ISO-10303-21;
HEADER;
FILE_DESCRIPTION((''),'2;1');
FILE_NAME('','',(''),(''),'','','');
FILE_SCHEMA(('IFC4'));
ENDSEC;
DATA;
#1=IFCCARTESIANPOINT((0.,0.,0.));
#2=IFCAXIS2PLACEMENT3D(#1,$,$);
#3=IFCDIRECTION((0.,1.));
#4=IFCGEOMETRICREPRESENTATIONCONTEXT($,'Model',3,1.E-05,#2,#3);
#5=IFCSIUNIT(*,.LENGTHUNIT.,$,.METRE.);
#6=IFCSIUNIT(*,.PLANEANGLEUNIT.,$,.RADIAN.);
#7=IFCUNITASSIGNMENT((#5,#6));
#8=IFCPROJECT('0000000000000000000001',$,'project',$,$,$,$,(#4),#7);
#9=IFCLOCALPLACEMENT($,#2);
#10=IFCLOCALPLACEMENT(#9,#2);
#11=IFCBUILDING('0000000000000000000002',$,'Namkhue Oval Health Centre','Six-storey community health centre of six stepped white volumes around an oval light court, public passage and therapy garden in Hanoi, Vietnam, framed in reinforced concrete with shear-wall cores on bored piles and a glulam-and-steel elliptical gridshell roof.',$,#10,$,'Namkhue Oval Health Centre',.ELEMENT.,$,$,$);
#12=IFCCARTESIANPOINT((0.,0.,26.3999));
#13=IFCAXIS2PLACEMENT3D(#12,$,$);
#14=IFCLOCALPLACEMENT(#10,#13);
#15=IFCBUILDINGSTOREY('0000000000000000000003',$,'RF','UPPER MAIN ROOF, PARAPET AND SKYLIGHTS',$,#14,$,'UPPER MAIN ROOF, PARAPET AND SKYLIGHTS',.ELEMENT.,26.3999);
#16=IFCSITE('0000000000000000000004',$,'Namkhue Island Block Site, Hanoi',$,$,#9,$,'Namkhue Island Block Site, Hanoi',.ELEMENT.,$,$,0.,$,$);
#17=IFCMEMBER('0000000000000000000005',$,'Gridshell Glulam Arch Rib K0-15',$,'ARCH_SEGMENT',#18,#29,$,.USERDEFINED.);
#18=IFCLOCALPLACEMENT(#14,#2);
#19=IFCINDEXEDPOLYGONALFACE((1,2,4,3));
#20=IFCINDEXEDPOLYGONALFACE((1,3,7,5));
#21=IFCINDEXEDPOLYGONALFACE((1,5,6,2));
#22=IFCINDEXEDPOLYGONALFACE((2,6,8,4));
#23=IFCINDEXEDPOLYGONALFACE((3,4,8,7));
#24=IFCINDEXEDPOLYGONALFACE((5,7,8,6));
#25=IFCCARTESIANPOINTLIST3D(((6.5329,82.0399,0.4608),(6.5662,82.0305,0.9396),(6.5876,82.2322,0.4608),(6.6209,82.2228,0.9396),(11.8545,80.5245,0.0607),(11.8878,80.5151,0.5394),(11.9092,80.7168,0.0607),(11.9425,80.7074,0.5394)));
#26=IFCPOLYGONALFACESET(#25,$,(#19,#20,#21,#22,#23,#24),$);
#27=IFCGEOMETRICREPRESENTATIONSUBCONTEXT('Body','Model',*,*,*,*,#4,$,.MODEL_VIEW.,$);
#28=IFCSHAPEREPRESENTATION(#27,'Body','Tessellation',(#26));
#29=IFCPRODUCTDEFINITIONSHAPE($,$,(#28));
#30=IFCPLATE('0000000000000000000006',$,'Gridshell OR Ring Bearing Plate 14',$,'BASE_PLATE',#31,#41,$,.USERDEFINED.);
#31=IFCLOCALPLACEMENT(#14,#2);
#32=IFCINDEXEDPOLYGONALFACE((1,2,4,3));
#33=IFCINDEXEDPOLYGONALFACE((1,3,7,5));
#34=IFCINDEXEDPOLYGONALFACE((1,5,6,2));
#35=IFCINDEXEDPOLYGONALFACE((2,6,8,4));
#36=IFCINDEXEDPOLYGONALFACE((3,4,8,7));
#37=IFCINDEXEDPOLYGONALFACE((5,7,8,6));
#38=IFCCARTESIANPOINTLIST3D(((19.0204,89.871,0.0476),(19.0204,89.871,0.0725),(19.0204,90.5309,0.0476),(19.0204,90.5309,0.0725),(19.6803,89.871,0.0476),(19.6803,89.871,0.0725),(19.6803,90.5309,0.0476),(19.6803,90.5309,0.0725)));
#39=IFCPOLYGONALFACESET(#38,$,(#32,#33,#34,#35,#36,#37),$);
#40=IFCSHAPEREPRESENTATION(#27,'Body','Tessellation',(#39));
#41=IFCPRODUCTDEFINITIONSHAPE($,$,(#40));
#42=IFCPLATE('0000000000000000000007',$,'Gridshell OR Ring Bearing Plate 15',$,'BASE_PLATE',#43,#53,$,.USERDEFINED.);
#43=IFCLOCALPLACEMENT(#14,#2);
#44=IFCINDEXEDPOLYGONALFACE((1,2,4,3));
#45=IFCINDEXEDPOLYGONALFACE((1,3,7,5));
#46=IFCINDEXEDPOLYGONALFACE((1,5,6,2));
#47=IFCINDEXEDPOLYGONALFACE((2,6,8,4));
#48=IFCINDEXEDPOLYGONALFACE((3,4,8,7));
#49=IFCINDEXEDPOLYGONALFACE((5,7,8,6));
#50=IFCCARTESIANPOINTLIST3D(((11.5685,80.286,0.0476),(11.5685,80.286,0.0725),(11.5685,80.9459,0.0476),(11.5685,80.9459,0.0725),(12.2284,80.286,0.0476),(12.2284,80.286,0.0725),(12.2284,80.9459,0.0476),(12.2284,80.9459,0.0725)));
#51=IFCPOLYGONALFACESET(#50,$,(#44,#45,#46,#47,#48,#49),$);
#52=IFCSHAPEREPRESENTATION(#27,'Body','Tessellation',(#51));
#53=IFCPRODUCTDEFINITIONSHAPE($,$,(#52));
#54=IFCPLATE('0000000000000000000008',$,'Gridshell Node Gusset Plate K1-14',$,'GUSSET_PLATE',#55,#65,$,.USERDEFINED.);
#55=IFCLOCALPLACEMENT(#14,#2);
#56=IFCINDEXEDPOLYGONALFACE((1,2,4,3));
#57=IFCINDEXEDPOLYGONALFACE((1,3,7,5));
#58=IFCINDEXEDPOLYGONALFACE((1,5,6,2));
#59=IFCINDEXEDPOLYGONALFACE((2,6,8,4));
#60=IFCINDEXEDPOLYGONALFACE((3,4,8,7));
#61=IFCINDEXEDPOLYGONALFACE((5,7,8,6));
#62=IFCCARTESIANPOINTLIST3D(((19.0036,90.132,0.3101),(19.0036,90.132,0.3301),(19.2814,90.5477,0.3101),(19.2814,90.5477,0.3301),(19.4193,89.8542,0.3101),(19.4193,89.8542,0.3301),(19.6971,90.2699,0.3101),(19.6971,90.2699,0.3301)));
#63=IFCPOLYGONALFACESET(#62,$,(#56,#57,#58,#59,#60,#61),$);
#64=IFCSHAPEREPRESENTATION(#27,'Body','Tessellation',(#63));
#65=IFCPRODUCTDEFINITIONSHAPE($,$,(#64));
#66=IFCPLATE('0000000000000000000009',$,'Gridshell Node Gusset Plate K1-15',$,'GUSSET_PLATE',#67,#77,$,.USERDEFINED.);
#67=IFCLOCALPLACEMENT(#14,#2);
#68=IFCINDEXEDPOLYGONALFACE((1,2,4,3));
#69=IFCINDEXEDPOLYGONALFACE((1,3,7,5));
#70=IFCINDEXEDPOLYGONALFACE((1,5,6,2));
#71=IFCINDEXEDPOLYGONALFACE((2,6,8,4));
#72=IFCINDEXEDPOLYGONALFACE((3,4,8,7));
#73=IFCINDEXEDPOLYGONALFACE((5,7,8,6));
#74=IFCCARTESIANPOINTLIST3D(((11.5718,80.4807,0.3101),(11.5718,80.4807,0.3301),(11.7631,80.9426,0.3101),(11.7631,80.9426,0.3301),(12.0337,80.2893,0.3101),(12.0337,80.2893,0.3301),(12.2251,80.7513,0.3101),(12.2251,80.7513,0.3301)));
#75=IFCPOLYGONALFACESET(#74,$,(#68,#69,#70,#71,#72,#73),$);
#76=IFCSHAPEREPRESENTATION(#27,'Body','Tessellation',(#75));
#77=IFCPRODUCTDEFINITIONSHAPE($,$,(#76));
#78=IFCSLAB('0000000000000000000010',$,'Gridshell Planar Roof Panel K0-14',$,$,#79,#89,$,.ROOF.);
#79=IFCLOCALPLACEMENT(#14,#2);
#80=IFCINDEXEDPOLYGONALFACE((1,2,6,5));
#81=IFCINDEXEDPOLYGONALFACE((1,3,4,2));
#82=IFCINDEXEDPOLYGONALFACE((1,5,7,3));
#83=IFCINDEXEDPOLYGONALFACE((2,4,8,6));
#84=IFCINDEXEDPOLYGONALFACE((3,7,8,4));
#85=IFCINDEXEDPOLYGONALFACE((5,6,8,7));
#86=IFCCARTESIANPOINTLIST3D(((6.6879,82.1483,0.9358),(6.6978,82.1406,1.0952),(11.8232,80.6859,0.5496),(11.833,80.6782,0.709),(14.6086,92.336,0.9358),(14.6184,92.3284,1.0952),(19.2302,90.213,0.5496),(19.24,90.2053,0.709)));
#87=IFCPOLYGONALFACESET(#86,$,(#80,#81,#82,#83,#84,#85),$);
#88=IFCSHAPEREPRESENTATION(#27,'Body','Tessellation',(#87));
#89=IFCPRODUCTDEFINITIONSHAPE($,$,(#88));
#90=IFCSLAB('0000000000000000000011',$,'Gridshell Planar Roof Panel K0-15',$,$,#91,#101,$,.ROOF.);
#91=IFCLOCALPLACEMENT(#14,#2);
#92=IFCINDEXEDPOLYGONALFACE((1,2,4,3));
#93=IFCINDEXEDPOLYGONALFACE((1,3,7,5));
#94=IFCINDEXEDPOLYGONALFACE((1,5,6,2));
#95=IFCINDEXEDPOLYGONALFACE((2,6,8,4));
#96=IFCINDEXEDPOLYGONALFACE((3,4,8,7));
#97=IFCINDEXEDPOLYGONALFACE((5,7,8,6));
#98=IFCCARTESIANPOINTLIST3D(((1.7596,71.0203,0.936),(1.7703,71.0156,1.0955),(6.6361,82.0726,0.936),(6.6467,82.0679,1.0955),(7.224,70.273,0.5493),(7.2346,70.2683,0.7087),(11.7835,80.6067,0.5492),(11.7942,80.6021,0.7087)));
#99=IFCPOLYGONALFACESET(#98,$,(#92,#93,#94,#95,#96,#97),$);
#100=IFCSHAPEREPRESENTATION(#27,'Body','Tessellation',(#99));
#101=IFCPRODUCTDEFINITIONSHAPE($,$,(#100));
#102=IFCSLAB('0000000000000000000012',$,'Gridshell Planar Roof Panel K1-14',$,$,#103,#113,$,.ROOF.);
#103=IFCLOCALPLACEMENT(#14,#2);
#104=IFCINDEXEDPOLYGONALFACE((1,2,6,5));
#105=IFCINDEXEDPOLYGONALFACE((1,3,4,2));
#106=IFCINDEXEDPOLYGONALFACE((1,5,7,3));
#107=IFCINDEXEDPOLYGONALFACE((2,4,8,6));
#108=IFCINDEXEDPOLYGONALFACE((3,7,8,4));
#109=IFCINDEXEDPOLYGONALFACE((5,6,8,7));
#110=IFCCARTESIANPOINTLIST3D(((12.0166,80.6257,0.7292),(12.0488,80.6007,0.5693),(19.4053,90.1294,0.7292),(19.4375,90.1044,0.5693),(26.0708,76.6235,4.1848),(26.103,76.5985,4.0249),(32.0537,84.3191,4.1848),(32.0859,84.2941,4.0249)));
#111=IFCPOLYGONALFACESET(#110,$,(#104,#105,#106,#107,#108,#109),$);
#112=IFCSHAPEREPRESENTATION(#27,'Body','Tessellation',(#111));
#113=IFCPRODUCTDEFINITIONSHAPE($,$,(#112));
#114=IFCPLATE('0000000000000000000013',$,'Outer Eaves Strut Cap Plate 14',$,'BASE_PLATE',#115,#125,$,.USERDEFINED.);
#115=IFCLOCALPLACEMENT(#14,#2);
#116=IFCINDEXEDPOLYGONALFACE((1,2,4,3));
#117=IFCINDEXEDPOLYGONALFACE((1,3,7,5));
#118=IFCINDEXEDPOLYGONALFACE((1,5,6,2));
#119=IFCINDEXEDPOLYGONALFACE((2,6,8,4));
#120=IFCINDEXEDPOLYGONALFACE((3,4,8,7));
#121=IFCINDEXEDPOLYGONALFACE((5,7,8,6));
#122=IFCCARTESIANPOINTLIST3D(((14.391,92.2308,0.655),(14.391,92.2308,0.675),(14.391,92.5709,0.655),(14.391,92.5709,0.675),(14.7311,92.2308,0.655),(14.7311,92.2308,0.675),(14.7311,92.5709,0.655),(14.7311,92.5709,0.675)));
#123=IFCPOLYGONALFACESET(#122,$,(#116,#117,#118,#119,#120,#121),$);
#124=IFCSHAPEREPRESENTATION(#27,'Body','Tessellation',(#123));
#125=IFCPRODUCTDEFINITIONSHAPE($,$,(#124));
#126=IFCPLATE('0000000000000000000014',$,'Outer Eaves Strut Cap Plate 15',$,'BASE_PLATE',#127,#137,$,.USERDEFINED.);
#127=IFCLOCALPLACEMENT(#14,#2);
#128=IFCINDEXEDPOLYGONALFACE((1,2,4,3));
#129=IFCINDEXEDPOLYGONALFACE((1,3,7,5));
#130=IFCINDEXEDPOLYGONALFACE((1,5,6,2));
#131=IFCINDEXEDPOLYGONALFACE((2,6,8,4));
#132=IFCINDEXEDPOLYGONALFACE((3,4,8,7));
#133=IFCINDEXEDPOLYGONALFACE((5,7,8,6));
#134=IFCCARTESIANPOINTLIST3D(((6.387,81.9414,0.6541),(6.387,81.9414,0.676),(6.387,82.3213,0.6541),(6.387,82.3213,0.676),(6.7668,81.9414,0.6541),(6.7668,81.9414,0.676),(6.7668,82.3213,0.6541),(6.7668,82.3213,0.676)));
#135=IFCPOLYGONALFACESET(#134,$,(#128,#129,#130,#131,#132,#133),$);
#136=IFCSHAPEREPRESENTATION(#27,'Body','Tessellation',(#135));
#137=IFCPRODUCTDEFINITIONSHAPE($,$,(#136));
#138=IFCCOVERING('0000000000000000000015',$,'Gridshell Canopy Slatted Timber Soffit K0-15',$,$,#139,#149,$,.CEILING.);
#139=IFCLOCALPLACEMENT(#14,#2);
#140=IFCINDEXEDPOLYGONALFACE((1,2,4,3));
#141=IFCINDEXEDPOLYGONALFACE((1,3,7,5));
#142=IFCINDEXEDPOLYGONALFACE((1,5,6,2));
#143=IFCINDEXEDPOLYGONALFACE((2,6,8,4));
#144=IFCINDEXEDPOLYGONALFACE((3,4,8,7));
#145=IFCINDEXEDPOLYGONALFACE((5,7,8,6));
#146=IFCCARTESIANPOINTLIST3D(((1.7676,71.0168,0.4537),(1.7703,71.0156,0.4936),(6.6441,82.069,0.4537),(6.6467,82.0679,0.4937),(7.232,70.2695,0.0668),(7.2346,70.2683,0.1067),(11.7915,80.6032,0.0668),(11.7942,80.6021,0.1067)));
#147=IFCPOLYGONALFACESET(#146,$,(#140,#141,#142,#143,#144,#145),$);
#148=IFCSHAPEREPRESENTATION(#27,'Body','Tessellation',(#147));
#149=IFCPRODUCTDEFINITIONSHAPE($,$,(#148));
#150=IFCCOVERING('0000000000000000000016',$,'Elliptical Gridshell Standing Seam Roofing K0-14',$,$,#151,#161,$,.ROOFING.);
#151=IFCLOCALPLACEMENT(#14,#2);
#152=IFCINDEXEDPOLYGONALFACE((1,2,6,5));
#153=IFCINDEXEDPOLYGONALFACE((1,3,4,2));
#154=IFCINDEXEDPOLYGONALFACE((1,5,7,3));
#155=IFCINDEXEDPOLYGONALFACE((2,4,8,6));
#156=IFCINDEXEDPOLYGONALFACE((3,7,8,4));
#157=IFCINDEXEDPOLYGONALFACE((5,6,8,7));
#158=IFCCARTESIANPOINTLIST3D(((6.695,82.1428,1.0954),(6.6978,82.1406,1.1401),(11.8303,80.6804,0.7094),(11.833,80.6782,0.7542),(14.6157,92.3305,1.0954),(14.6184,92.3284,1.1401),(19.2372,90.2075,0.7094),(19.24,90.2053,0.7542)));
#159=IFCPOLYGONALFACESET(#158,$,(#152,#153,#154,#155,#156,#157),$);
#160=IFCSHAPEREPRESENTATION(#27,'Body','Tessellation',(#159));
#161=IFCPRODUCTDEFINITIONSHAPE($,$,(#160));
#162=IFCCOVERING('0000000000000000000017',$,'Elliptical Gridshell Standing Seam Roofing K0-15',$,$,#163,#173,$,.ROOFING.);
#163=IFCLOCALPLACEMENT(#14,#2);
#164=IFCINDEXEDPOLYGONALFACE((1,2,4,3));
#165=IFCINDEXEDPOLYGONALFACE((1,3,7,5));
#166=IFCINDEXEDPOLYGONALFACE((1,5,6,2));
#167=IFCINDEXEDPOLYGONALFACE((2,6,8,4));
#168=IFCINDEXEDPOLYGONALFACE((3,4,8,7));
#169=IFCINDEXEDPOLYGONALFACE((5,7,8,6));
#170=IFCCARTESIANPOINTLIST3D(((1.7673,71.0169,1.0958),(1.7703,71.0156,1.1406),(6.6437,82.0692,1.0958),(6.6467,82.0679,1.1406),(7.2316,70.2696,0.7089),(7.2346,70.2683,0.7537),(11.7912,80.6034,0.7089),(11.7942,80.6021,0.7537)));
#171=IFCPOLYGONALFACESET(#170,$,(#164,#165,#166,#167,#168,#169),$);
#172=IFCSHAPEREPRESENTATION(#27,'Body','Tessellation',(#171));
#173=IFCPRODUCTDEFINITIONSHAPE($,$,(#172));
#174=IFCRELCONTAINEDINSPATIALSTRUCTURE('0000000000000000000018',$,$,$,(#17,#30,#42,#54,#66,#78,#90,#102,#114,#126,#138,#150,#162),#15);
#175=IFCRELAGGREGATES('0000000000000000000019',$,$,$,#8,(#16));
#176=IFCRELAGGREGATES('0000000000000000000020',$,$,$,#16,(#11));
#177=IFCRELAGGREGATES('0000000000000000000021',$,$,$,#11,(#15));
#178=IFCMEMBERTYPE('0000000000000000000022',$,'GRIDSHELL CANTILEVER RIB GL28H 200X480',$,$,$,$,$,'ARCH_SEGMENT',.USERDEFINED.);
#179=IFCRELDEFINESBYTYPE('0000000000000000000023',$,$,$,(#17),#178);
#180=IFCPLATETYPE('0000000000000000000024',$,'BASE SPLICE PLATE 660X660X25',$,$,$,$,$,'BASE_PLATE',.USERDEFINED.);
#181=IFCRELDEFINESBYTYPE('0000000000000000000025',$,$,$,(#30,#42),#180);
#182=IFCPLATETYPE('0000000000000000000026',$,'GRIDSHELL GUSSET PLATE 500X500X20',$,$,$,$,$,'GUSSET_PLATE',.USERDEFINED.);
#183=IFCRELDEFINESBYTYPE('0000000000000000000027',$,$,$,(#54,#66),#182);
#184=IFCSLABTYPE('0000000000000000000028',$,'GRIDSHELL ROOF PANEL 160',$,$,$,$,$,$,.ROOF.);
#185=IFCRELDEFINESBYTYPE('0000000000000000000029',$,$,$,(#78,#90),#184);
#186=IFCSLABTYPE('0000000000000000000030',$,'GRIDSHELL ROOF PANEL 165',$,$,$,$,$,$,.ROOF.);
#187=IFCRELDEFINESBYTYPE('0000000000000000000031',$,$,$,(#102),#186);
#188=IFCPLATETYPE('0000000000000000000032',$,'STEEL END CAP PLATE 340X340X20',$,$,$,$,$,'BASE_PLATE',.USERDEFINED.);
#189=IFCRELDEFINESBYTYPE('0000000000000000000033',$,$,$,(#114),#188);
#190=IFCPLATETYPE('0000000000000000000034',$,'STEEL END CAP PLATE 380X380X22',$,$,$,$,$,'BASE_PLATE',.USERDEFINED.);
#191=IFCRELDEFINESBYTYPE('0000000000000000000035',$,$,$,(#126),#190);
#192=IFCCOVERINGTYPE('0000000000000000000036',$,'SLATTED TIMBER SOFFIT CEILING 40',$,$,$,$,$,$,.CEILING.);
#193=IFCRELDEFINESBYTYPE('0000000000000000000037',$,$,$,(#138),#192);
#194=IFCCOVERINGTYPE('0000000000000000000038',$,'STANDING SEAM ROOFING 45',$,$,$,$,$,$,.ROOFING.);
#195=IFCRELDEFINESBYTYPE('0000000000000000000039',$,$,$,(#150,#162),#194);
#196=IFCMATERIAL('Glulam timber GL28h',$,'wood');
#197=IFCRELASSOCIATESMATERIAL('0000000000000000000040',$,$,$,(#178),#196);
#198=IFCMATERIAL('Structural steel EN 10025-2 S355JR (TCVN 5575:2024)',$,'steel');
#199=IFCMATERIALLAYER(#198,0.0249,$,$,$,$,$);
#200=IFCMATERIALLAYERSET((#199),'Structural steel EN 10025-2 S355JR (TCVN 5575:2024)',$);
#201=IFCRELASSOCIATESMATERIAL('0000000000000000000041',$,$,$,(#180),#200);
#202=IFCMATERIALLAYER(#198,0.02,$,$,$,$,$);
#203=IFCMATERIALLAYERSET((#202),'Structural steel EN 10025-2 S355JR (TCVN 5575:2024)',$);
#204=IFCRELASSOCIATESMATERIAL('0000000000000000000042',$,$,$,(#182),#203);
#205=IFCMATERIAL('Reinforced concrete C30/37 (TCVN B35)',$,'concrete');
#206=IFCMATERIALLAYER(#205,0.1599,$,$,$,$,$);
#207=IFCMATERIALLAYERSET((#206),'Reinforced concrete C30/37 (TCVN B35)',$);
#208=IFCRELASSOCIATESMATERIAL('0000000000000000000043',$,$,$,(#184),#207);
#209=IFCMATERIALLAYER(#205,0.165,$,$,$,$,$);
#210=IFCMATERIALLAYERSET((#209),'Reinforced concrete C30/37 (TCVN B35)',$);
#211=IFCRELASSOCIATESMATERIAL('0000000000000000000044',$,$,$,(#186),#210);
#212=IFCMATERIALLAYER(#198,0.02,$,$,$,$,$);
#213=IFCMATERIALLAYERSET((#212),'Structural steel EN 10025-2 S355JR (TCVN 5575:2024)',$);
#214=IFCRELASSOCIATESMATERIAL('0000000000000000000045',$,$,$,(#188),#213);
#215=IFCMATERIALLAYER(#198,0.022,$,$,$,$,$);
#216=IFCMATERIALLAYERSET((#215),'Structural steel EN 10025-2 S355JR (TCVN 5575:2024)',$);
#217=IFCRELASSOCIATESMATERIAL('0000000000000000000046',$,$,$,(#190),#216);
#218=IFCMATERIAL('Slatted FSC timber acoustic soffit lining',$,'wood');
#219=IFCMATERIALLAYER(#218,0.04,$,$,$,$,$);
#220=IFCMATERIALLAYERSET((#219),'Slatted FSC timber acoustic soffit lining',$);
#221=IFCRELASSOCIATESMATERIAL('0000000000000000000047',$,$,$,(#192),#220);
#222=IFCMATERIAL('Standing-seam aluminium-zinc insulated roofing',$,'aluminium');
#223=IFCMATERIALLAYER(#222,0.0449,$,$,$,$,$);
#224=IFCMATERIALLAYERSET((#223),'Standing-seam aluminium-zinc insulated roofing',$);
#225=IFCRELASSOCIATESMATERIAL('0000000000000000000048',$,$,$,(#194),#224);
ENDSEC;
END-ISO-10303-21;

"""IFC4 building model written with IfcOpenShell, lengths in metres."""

from ifc_helpers import new_model, si_unit, direction, frame, origin, origin_2d, place, context, subcontext, project, spatial, polyline, rectangle, outline, extrude, material, layer, layer_set, material_profile, profile_set, type_object, element, save


model = new_model("IFC4")

# Units and contexts
model_context = context("Model", 3, precision=1e-05, world=origin(), true_north=direction((0.0, 1.0)))
body_context = subcontext(model_context, "Body", "Model", "MODEL_VIEW")
ifc_project = project(units=[si_unit("LENGTHUNIT", "METRE"), si_unit("PLANEANGLEUNIT", "RADIAN")], contexts=[model_context])

# Site, building, storey
site_placement = place(None, origin())
site = spatial("IfcSite", under=ifc_project, at=site_placement, Name="Namkhue Island Block Site, Hanoi", LongName="Namkhue Island Block Site, Hanoi", CompositionType="ELEMENT", RefElevation=0.0)
building_placement = place(site_placement, origin())
building = spatial("IfcBuilding", under=site, at=building_placement, Name="Namkhue Oval Health Centre", Description="Six-storey community health centre of six stepped white volumes around an oval light court, public passage and therapy garden in Hanoi, Vietnam, framed in reinforced concrete with shear-wall cores on bored piles and a glulam-and-steel elliptical gridshell roof.", LongName="Namkhue Oval Health Centre", CompositionType="ELEMENT")
storey_placement = place(building_placement, frame((0.0, 0.0, 26.3999)))
storey = spatial("IfcBuildingStorey", under=building, at=storey_placement, Name="RF", Description="UPPER MAIN ROOF, PARAPET AND SKYLIGHTS", LongName="UPPER MAIN ROOF, PARAPET AND SKYLIGHTS", CompositionType="ELEMENT", Elevation=26.3999)

# Member
ifc_material_1 = material(Name="Structural steel EN 10025-2 S355JR (TCVN 5575:2024)", Category="steel")
ifc_material_2 = material(Name="Glulam timber GL28h", Category="wood")
ifc_material_profile_1 = material_profile(ifc_material_2, rectangle(XDim=0.2, YDim=0.48, at=origin_2d()), Name="GL28h 200x480")
ifc_profile_set_1 = profile_set([ifc_material_profile_1], Name="Glulam timber GL28h")
member_type_1 = type_object("IfcMemberType", Name="GRIDSHELL CANTILEVER RIB GL28H 200X480", ElementType="ARCH_SEGMENT", PredefinedType="USERDEFINED", material=ifc_profile_set_1)
member_1_placement = place(storey_placement, frame((6.5769, 82.1313, 0.7002), z_axis=(0.95926, -0.273163, -0.07213), x_axis=(0.273876, 0.961765, 0.0)))
element("IfcMember", 1, at=member_1_placement, inside=storey, type_object=member_type_1, Name="Gridshell Glulam Arch Rib K0-15", ObjectType="ARCH_SEGMENT", PredefinedType="USERDEFINED", context=body_context, shape_type="SweptSolid", body=[
    extrude(rectangle(XDim=0.2, YDim=0.48, at=origin_2d()), origin(), (0.0, 0.0, 1.0), 5.5476),
])

# Plates
ifc_layer_1 = layer(ifc_material_1, 0.0249)
ifc_layer_set_1 = layer_set([ifc_layer_1], Name="Structural steel EN 10025-2 S355JR (TCVN 5575:2024)")
plate_type_1 = type_object("IfcPlateType", Name="BASE SPLICE PLATE 660X660X25", ElementType="BASE_PLATE", PredefinedType="USERDEFINED", material=ifc_layer_set_1)
for number, where, z_axis, x_axis, name in (
    (2, (19.3503, 90.2009, 0.0476), (0.0, 0.0, 1.0), (1.0, 0.0, 0.0), "Gridshell OR Ring Bearing Plate 14"),
    (3, (11.8984, 80.616, 0.0476), (0.0, 0.0, 1.0), (1.0, 0.0, 0.0), "Gridshell OR Ring Bearing Plate 15"),
):
    element("IfcPlate", number, at=place(storey_placement, frame(where, z_axis=z_axis, x_axis=x_axis)), inside=storey, type_object=plate_type_1, Name=name, ObjectType="BASE_PLATE", PredefinedType="USERDEFINED", context=body_context, shape_type="SweptSolid", body=[
        extrude(rectangle(XDim=0.6599, YDim=0.6599, at=origin_2d()), origin(), (0.0, 0.0, 1.0), 0.0249),
    ])
ifc_layer_2 = layer(ifc_material_1, 0.02)
ifc_layer_set_2 = layer_set([ifc_layer_2], Name="Structural steel EN 10025-2 S355JR (TCVN 5575:2024)")
plate_type_2 = type_object("IfcPlateType", Name="GRIDSHELL GUSSET PLATE 500X500X20", ElementType="GUSSET_PLATE", PredefinedType="USERDEFINED", material=ifc_layer_set_2)
for number, where, z_axis, x_axis, name in (
    (4, (19.3503, 90.2009, 0.3101), (0.0, 0.0, 1.0), (-0.83147, 0.55557, 0.0), "Gridshell Node Gusset Plate K1-14"),
    (5, (11.8984, 80.616, 0.3101), (0.0, 0.0, 1.0), (-0.92388, 0.382683, 0.0), "Gridshell Node Gusset Plate K1-15"),
):
    element("IfcPlate", number, at=place(storey_placement, frame(where, z_axis=z_axis, x_axis=x_axis)), inside=storey, type_object=plate_type_2, Name=name, ObjectType="GUSSET_PLATE", PredefinedType="USERDEFINED", context=body_context, shape_type="SweptSolid", body=[
        extrude(rectangle(XDim=0.5, YDim=0.5, at=origin_2d()), origin(), (0.0, 0.0, 1.0), 0.02),
    ])

# Slabs
ifc_material_3 = material(Name="Reinforced concrete C30/37 (TCVN B35)", Category="concrete")
ifc_layer_3 = layer(ifc_material_3, 0.1599)
ifc_layer_set_3 = layer_set([ifc_layer_3], Name="Reinforced concrete C30/37 (TCVN B35)")
slab_type_1 = type_object("IfcSlabType", Name="GRIDSHELL ROOF PANEL 160", PredefinedType="ROOF", material=ifc_layer_set_3)
slab_1_placement = place(storey_placement, frame((14.6184, 92.3284, 1.0952), z_axis=(0.061392, -0.04773, 0.996972), x_axis=(-0.613789, -0.78947, 0.0)))
element("IfcSlab", 6, at=slab_1_placement, inside=storey, type_object=slab_type_1, Name="Gridshell Planar Roof Panel K0-14", PredefinedType="ROOF", context=body_context, shape_type="SweptSolid", body=[
    extrude(outline(polyline([(0.0, 0.0), (12.9045, 0.0), (10.9071, 4.9668), (-1.1606, 4.9667), (0.0, 0.0)])), origin(), (0.0, 0.0, -1.0), 0.1599),
])
slab_2_placement = place(storey_placement, frame((6.6467, 82.0679, 1.0955), z_axis=(0.066566, -0.029371, 0.99735), x_axis=(-0.403673, -0.914903, 0.0)))
element("IfcSlab", 7, at=slab_2_placement, inside=storey, type_object=slab_type_1, Name="Gridshell Planar Roof Panel K0-15", PredefinedType="ROOF", context=body_context, shape_type="SweptSolid", body=[
    extrude(outline(polyline([(0.0, 0.0), (12.0802, 0.0), (10.5581, 5.3151), (-0.7368, 5.3152), (0.0, 0.0)])), origin(), (0.0, 0.0, -1.0), 0.1599),
])
ifc_layer_4 = layer(ifc_material_3, 0.165)
ifc_layer_set_4 = layer_set([ifc_layer_4], Name="Reinforced concrete C30/37 (TCVN B35)")
slab_type_2 = type_object("IfcSlabType", Name="GRIDSHELL ROOF PANEL 165", PredefinedType="ROOF", material=ifc_layer_set_4)
slab_3_placement = place(storey_placement, frame((19.4053, 90.1294, 0.7292), z_axis=(-0.195065, 0.151654, 0.968995), x_axis=(-0.613782, -0.789476, 0.0)))
element("IfcSlab", 8, at=slab_3_placement, inside=storey, type_object=slab_type_2, Name="Gridshell Planar Roof Panel K1-14", PredefinedType="ROOF", context=body_context, shape_type="SweptSolid", body=[
    extrude(outline(polyline([(0.0, 0.0), (12.0379, 0.0), (6.5714, 13.9855), (-3.1763, 13.9855), (0.0, 0.0)])), origin(), (0.0, 0.0, -1.0), 0.165),
])

# Plates
ifc_layer_5 = layer(ifc_material_1, 0.02)
ifc_layer_set_5 = layer_set([ifc_layer_5], Name="Structural steel EN 10025-2 S355JR (TCVN 5575:2024)")
plate_type_3 = type_object("IfcPlateType", Name="STEEL END CAP PLATE 340X340X20", ElementType="BASE_PLATE", PredefinedType="USERDEFINED", material=ifc_layer_set_5)
plate_1_placement = place(storey_placement, frame((14.561, 92.4009, 0.655), z_axis=(0.0, 0.0, 1.0), x_axis=(1.0, 0.0, 0.0)))
element("IfcPlate", 9, at=plate_1_placement, inside=storey, type_object=plate_type_3, Name="Outer Eaves Strut Cap Plate 14", ObjectType="BASE_PLATE", PredefinedType="USERDEFINED", context=body_context, shape_type="SweptSolid", body=[
    extrude(rectangle(XDim=0.3401, YDim=0.3401, at=origin_2d()), origin(), (0.0, 0.0, 1.0), 0.02),
])
ifc_layer_6 = layer(ifc_material_1, 0.022)
ifc_layer_set_6 = layer_set([ifc_layer_6], Name="Structural steel EN 10025-2 S355JR (TCVN 5575:2024)")
plate_type_4 = type_object("IfcPlateType", Name="STEEL END CAP PLATE 380X380X22", ElementType="BASE_PLATE", PredefinedType="USERDEFINED", material=ifc_layer_set_6)
plate_2_placement = place(storey_placement, frame((6.5769, 82.1313, 0.6541), z_axis=(0.0, 0.0, 1.0), x_axis=(1.0, 0.0, 0.0)))
element("IfcPlate", 10, at=plate_2_placement, inside=storey, type_object=plate_type_4, Name="Outer Eaves Strut Cap Plate 15", ObjectType="BASE_PLATE", PredefinedType="USERDEFINED", context=body_context, shape_type="SweptSolid", body=[
    extrude(rectangle(XDim=0.3799, YDim=0.3799, at=origin_2d()), origin(), (0.0, 0.0, 1.0), 0.022),
])

# Coverings
ifc_material_4 = material(Name="Slatted FSC timber acoustic soffit lining", Category="wood")
ifc_layer_7 = layer(ifc_material_4, 0.04)
ifc_layer_set_7 = layer_set([ifc_layer_7], Name="Slatted FSC timber acoustic soffit lining")
covering_type_1 = type_object("IfcCoveringType", Name="SLATTED TIMBER SOFFIT CEILING 40", PredefinedType="CEILING", material=ifc_layer_set_7)
covering_1_placement = place(storey_placement, frame((6.6467, 82.0679, 0.4937), z_axis=(0.066608, -0.029389, 0.997346), x_axis=(-0.403673, -0.914903, 0.0)))
element("IfcCovering", 11, at=covering_1_placement, inside=storey, type_object=covering_type_1, Name="Gridshell Canopy Slatted Timber Soffit K0-15", PredefinedType="CEILING", context=body_context, shape_type="SweptSolid", body=[
    extrude(outline(polyline([(0.0, 0.0), (12.0802, 0.0), (10.5581, 5.3151), (-0.7368, 5.3152), (0.0, 0.0)])), origin(), (0.0, 0.0, -1.0), 0.04),
])
ifc_material_5 = material(Name="Standing-seam aluminium-zinc insulated roofing", Category="aluminium")
ifc_layer_8 = layer(ifc_material_5, 0.0449)
ifc_layer_set_8 = layer_set([ifc_layer_8], Name="Standing-seam aluminium-zinc insulated roofing")
covering_type_2 = type_object("IfcCoveringType", Name="STANDING SEAM ROOFING 45", PredefinedType="ROOFING", material=ifc_layer_set_8)
covering_2_placement = place(storey_placement, frame((14.6184, 92.3284, 1.1401), z_axis=(0.061353, -0.0477, 0.996976), x_axis=(-0.613789, -0.78947, 0.0)))
element("IfcCovering", 12, at=covering_2_placement, inside=storey, type_object=covering_type_2, Name="Elliptical Gridshell Standing Seam Roofing K0-14", PredefinedType="ROOFING", context=body_context, shape_type="SweptSolid", body=[
    extrude(outline(polyline([(0.0, 0.0), (12.9045, 0.0), (10.9071, 4.9668), (-1.1606, 4.9667), (0.0, 0.0)])), origin(), (0.0, 0.0, -1.0), 0.0449),
])
covering_3_placement = place(storey_placement, frame((6.6467, 82.0679, 1.1406), z_axis=(0.066608, -0.029389, 0.997346), x_axis=(-0.403673, -0.914903, 0.0)))
element("IfcCovering", 13, at=covering_3_placement, inside=storey, type_object=covering_type_2, Name="Elliptical Gridshell Standing Seam Roofing K0-15", PredefinedType="ROOFING", context=body_context, shape_type="SweptSolid", body=[
    extrude(outline(polyline([(0.0, 0.0), (12.0802, 0.0), (10.5581, 5.3151), (-0.7368, 5.3152), (0.0, 0.0)])), origin(), (0.0, 0.0, -1.0), 0.0449),
])

save(model, "model.ifc")
